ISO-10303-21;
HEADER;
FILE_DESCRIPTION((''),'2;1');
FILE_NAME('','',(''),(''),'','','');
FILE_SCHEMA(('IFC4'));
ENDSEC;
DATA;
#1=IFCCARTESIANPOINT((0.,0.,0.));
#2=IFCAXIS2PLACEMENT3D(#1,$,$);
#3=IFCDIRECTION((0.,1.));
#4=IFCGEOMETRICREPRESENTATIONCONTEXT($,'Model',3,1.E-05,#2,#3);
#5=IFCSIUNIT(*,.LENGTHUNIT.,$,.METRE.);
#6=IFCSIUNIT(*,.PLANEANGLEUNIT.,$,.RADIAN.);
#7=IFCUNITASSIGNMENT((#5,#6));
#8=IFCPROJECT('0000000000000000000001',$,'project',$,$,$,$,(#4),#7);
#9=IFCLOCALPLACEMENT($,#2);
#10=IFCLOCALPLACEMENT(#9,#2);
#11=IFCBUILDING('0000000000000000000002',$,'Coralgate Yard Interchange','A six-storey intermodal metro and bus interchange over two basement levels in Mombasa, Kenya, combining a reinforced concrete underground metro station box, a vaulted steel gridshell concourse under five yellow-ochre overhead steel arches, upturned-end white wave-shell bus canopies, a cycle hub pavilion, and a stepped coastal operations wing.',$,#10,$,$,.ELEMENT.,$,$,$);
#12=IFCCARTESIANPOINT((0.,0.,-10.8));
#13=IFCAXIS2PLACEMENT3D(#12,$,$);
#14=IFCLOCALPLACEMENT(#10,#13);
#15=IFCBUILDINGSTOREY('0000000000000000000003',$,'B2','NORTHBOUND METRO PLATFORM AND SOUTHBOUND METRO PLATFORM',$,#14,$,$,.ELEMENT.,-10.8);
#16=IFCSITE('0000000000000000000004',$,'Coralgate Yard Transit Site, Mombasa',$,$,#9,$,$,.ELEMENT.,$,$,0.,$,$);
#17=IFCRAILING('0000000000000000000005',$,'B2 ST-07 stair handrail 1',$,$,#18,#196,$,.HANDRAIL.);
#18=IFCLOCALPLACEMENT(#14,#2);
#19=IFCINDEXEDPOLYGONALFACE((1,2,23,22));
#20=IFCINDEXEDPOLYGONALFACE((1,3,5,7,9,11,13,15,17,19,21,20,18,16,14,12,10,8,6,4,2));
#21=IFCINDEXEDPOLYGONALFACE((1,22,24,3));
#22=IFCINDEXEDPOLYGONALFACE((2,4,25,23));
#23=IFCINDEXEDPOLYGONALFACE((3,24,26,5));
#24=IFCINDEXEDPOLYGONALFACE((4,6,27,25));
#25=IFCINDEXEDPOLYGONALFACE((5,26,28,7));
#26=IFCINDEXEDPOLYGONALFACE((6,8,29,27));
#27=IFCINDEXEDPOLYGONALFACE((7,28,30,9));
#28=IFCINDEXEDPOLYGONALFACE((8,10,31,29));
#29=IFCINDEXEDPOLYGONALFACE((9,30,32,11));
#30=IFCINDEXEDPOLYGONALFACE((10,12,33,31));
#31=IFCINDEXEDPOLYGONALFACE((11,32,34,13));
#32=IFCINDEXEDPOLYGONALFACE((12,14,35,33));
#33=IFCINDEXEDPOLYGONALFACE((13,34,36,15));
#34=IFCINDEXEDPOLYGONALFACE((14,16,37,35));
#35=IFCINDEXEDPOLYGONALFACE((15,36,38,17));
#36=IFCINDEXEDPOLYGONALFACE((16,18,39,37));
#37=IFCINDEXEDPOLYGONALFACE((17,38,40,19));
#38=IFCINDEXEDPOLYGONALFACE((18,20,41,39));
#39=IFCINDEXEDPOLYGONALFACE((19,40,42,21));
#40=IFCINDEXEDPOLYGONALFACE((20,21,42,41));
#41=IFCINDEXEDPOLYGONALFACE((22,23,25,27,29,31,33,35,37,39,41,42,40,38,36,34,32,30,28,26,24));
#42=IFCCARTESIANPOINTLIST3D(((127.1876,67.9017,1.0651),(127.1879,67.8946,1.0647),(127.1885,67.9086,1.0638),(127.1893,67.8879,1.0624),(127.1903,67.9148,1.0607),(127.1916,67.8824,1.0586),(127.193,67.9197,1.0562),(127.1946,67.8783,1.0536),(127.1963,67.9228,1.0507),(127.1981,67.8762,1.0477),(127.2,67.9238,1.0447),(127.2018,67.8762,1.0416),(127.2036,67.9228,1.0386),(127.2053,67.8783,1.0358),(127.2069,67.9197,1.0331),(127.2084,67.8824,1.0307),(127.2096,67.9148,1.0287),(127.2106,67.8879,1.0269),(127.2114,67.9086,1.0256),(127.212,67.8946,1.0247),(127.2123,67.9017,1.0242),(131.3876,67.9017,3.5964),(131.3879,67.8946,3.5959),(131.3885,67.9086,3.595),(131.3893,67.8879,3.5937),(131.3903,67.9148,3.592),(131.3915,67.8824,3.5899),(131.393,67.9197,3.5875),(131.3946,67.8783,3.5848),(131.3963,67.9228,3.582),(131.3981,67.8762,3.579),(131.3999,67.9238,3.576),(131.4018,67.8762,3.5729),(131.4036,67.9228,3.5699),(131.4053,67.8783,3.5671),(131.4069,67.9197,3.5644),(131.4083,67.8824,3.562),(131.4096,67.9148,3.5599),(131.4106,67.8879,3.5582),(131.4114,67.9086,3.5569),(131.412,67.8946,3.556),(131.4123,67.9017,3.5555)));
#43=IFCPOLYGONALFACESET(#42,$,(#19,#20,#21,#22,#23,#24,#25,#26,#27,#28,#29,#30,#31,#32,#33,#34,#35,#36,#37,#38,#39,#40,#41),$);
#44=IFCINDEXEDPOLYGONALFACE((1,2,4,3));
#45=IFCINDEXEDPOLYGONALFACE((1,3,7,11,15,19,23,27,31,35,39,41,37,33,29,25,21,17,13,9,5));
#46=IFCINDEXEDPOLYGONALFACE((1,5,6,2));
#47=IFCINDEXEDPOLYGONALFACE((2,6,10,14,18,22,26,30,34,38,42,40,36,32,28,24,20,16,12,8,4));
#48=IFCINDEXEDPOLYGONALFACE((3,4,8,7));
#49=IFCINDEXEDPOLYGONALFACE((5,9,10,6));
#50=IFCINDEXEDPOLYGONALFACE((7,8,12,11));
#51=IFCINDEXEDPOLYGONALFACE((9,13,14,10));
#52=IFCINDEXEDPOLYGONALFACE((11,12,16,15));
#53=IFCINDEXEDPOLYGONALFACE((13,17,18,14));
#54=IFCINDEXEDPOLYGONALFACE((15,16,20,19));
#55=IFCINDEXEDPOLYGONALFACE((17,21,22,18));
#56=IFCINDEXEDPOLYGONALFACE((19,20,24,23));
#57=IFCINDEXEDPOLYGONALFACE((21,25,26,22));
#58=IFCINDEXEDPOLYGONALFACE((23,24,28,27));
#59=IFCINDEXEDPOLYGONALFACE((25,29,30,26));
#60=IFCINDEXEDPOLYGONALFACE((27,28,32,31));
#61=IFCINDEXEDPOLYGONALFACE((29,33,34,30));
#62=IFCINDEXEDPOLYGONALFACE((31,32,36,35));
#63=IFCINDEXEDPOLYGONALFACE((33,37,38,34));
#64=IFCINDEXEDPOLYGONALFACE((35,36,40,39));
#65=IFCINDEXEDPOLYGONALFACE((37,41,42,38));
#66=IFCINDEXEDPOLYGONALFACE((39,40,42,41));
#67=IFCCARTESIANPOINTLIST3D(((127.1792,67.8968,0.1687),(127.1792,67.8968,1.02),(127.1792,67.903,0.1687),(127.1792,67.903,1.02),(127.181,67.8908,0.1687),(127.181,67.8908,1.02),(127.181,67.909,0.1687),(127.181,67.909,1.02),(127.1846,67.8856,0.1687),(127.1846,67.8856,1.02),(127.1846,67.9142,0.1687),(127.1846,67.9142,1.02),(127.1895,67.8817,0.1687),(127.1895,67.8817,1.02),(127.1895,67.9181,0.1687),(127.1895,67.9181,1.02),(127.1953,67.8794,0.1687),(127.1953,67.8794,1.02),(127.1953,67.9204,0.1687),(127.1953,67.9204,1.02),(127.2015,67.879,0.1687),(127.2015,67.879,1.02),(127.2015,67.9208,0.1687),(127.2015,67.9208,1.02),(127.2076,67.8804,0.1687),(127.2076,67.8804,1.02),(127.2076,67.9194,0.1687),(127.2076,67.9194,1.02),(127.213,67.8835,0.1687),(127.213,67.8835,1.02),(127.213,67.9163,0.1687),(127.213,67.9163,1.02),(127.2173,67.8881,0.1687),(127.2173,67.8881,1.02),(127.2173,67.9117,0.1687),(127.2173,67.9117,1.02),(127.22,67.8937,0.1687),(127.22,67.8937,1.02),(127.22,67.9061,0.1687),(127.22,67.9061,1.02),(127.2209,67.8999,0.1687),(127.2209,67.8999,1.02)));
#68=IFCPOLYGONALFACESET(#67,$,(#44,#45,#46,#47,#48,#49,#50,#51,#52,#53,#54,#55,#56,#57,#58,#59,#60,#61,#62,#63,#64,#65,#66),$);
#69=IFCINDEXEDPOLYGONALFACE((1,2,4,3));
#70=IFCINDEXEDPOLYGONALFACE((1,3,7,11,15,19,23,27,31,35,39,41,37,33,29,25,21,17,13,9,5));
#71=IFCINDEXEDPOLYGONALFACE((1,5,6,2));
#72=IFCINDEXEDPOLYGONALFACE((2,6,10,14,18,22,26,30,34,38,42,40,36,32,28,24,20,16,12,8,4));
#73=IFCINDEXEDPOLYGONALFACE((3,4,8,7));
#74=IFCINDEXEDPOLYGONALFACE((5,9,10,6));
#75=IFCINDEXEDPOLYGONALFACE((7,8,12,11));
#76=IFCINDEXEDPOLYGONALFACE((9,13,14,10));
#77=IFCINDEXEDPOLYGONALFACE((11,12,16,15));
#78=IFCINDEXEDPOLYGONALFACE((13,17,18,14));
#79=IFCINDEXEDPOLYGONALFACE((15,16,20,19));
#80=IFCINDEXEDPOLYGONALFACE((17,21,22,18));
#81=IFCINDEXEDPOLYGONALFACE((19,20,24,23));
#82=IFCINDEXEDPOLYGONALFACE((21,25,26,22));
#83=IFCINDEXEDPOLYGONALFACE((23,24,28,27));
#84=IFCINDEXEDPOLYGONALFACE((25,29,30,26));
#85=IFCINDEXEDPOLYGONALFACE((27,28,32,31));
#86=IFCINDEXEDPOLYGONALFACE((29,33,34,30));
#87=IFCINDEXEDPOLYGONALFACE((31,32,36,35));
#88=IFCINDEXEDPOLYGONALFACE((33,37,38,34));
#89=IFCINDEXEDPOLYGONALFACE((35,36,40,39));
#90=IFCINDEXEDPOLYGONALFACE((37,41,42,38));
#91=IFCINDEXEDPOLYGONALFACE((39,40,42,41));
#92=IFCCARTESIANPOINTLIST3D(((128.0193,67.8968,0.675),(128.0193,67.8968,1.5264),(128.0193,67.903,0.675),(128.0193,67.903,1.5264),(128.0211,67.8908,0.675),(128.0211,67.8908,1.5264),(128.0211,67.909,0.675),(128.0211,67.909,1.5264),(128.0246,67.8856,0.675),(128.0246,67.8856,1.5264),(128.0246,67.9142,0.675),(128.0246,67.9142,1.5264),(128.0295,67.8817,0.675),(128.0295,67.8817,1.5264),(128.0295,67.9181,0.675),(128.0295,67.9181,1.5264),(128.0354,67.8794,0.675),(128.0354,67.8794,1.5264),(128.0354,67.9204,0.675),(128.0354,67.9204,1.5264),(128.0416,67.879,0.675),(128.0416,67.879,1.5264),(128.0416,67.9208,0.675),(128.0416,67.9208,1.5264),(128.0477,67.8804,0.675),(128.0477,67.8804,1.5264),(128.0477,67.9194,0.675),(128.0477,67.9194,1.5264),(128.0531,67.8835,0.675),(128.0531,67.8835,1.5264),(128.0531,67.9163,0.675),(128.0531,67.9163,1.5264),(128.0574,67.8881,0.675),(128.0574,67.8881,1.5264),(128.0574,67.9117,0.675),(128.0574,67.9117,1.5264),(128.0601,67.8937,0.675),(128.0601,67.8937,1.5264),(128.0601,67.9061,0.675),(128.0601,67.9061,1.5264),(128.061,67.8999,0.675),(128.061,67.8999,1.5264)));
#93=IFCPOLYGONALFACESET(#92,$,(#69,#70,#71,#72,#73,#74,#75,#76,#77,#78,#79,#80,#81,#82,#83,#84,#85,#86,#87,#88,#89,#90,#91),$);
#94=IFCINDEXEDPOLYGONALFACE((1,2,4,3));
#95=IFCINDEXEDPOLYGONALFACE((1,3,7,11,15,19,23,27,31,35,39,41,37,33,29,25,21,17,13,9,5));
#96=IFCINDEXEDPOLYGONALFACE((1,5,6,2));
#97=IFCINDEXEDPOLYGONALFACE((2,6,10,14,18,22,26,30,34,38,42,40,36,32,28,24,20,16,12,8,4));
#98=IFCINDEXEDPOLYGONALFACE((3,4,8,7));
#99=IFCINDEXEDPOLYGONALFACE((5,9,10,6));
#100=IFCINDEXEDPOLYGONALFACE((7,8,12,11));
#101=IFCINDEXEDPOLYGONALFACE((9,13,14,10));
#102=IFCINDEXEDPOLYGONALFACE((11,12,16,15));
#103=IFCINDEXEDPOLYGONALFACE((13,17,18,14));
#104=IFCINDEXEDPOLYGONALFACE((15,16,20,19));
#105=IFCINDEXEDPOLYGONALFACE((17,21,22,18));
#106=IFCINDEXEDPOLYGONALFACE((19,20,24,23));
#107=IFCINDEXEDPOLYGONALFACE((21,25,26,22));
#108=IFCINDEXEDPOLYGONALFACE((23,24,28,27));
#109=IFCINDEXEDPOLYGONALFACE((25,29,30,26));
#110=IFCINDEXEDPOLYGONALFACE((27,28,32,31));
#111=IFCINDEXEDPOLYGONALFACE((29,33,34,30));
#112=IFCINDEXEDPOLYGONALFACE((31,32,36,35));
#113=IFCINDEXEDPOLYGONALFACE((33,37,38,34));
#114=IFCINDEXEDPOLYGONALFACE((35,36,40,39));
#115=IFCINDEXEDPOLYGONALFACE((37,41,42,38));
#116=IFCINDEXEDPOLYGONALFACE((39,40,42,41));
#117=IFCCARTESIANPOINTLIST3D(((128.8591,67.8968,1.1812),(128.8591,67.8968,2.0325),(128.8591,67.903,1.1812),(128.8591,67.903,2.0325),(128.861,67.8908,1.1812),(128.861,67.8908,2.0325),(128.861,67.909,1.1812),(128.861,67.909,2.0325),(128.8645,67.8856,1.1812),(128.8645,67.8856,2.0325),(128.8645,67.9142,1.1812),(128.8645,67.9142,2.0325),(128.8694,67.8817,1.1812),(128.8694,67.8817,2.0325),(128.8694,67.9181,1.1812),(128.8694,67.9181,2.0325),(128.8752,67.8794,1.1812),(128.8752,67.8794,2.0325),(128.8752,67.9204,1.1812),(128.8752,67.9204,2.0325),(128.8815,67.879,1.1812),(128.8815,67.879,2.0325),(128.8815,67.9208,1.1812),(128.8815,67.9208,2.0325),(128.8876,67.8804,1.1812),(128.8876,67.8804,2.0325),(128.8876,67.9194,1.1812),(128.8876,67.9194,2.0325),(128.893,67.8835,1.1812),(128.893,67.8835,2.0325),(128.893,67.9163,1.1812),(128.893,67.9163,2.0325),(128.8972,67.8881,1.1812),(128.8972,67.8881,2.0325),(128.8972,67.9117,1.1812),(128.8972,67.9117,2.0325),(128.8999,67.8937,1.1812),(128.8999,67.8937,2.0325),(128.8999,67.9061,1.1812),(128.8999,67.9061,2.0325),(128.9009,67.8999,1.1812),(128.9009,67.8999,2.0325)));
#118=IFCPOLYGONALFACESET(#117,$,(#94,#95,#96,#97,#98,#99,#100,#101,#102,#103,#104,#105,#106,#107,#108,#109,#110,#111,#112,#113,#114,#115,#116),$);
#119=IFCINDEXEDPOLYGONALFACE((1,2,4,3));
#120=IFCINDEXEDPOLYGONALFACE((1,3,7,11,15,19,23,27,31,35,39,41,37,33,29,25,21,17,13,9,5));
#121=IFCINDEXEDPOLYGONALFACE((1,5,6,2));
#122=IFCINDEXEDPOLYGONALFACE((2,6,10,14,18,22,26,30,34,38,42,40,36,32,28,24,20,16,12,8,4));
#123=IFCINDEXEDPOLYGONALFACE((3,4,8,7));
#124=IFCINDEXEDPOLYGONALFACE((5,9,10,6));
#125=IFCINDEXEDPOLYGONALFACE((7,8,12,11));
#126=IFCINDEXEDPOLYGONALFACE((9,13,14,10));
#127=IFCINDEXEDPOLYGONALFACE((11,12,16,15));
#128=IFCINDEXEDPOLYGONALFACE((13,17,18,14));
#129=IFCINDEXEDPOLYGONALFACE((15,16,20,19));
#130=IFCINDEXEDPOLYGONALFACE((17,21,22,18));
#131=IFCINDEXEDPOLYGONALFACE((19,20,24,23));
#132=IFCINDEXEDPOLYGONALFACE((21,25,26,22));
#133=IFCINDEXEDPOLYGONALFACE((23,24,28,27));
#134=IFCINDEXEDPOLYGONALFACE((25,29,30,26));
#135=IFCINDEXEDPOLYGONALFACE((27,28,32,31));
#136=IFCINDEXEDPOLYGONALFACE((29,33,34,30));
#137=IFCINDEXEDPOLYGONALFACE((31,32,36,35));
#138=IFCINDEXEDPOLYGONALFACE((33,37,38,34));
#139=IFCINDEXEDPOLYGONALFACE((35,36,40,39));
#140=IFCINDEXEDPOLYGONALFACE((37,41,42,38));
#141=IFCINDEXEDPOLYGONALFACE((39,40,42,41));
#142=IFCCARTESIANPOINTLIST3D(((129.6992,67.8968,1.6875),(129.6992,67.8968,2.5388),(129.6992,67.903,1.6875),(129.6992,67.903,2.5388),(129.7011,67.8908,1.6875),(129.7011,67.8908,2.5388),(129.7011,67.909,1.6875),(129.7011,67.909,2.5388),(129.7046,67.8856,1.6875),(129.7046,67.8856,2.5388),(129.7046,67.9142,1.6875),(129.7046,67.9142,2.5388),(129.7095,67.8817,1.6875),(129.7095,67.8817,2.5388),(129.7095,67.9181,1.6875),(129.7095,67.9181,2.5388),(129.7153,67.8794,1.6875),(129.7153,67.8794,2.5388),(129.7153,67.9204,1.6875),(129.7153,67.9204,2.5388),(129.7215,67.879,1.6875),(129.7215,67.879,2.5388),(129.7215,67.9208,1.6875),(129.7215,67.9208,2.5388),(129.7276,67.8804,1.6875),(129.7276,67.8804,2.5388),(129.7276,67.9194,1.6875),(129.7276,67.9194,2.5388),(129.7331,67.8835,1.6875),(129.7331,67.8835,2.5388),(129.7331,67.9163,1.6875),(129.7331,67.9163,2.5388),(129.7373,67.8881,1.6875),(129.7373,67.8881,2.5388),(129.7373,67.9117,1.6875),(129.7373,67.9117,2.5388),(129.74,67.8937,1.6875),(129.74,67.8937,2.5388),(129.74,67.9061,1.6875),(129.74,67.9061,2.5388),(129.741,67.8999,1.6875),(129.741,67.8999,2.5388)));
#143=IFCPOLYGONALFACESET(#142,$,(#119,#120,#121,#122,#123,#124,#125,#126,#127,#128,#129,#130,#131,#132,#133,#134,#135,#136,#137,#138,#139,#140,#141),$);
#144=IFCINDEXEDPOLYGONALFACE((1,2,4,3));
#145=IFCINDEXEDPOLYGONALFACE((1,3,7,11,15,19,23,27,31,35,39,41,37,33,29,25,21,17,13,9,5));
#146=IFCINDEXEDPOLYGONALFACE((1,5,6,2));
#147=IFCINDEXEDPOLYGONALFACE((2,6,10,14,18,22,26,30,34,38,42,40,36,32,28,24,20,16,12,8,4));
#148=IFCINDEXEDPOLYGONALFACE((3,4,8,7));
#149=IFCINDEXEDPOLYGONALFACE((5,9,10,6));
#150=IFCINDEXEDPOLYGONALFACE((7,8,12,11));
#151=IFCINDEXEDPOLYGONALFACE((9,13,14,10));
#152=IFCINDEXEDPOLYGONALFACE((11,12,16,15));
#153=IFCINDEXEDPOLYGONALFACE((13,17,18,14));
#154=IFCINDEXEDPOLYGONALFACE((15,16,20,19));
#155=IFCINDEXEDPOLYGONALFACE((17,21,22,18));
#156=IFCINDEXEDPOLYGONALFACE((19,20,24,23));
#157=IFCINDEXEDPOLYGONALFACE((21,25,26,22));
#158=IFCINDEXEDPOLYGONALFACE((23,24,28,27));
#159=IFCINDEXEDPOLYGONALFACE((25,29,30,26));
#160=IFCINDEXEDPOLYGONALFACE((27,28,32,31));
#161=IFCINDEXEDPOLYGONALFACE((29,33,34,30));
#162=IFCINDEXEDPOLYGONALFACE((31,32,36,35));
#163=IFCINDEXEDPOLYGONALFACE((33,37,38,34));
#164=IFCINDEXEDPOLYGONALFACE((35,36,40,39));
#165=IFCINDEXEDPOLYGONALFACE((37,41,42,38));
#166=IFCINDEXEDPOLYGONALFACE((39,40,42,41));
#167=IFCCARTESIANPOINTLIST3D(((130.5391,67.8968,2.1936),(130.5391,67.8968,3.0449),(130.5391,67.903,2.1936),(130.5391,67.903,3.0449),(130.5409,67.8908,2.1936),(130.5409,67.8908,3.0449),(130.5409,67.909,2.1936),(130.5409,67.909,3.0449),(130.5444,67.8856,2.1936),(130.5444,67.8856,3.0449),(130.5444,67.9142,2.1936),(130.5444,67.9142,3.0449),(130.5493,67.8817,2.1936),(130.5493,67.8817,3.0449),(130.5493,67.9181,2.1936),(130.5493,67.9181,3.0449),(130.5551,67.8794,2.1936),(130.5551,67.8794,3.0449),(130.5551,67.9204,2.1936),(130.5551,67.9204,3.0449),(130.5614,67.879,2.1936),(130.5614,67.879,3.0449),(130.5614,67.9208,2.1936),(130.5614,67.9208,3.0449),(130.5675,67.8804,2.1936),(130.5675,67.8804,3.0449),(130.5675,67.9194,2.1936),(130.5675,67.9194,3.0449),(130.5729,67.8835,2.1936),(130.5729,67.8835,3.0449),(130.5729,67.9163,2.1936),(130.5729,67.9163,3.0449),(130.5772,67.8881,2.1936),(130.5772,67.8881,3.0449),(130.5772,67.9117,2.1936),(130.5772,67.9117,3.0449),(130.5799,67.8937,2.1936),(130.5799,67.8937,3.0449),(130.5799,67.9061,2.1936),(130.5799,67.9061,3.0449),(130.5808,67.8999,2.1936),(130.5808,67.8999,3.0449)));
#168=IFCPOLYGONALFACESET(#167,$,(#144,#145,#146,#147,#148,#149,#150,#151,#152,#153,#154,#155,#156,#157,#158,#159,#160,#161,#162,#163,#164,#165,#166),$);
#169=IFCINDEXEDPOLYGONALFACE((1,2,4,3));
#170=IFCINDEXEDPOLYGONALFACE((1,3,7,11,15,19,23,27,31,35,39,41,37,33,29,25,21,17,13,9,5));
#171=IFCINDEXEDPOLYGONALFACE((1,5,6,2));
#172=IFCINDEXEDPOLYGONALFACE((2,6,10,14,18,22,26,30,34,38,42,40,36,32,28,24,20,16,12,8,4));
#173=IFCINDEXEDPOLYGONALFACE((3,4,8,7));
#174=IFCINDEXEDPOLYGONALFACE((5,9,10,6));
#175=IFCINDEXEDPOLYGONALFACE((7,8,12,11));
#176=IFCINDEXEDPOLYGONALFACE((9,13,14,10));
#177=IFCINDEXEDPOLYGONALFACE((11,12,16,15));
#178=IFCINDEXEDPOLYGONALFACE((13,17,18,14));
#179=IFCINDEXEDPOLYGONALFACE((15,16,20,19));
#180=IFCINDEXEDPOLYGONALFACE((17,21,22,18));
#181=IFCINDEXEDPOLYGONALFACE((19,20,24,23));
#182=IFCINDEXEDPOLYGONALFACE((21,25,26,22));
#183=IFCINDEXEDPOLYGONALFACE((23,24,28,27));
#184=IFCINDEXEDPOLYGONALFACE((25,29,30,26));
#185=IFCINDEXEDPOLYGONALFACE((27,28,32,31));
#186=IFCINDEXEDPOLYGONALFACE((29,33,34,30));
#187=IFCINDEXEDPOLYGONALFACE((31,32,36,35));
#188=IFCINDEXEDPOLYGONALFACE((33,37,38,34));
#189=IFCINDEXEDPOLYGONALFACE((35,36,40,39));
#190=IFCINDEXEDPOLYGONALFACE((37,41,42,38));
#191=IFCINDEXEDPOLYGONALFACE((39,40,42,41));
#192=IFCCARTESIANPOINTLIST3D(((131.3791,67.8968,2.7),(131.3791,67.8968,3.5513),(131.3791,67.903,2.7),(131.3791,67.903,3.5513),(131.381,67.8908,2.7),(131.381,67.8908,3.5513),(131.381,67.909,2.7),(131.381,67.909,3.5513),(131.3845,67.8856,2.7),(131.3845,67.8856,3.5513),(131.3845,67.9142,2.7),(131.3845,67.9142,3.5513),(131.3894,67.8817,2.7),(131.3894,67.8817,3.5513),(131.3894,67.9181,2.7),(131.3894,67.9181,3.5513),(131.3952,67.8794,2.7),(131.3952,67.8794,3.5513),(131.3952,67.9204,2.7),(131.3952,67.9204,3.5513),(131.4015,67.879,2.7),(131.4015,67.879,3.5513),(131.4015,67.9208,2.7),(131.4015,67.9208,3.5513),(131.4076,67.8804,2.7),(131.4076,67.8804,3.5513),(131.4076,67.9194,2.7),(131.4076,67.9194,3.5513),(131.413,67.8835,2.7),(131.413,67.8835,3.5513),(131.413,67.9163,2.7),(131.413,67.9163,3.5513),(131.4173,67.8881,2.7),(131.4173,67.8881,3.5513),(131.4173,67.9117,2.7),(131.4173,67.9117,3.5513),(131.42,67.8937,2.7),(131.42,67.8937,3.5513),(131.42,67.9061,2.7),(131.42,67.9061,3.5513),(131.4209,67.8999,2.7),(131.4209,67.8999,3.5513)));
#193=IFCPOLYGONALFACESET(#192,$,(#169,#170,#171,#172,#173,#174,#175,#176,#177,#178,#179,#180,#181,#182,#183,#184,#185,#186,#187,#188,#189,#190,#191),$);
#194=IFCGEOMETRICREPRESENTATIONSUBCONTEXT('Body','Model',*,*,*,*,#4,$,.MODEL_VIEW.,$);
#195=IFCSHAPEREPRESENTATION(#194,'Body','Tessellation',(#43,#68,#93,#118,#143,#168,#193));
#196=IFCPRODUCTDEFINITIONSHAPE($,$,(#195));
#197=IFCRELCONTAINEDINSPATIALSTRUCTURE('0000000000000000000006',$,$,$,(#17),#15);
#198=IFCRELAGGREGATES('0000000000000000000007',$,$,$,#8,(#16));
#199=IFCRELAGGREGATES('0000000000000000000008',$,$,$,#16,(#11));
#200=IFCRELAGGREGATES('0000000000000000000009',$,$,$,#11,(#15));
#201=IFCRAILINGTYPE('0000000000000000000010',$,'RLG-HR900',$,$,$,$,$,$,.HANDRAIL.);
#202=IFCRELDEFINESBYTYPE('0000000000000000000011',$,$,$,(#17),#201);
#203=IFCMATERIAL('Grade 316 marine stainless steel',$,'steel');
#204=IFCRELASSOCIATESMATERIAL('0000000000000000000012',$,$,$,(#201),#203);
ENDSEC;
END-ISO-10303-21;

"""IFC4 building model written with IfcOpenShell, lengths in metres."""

from ifc_helpers import new_model, si_unit, direction, frame, origin, origin_2d, place, context, subcontext, project, spatial, circle, extrude, material, type_object, element, save


model = new_model("IFC4")

# Units and contexts
model_context = context("Model", 3, precision=1e-05, world=origin(), true_north=direction((0.0, 1.0)))
body_context = subcontext(model_context, "Body", "Model", "MODEL_VIEW")
ifc_project = project(units=[si_unit("LENGTHUNIT", "METRE"), si_unit("PLANEANGLEUNIT", "RADIAN")], contexts=[model_context])

# Site, building, storey
site_placement = place(None, origin())
site = spatial("IfcSite", under=ifc_project, at=site_placement, Name="Coralgate Yard Transit Site, Mombasa", CompositionType="ELEMENT", RefElevation=0.0)
building_placement = place(site_placement, origin())
building = spatial("IfcBuilding", under=site, at=building_placement, Name="Coralgate Yard Interchange", Description="A six-storey intermodal metro and bus interchange over two basement levels in Mombasa, Kenya, combining a reinforced concrete underground metro station box, a vaulted steel gridshell concourse under five yellow-ochre overhead steel arches, upturned-end white wave-shell bus canopies, a cycle hub pavilion, and a stepped coastal operations wing.", CompositionType="ELEMENT")
storey_placement = place(building_placement, frame((0.0, 0.0, -10.8)))
storey = spatial("IfcBuildingStorey", under=building, at=storey_placement, Name="B2", Description="NORTHBOUND METRO PLATFORM AND SOUTHBOUND METRO PLATFORM", CompositionType="ELEMENT", Elevation=-10.8)

# Railing
ifc_material_1 = material(Name="Grade 316 marine stainless steel", Category="steel")
railing_type_1 = type_object("IfcRailingType", Name="RLG-HR900", PredefinedType="HANDRAIL", material=ifc_material_1)
railing_1_placement = place(storey_placement, frame((127.2, 67.8999, 0.1687)))
element("IfcRailing", 1, at=railing_1_placement, inside=storey, type_object=railing_type_1, Name="B2 ST-07 stair handrail 1", PredefinedType="HANDRAIL", context=body_context, shape_type="SweptSolid", body=[
    extrude(circle(Radius=0.0239, at=origin_2d()), frame((0.0, 0.0, 0.876), z_axis=(0.856476, 0.0, 0.516186), x_axis=(0.0, 1.0, 0.0)), (0.0, 0.0, 1.0), 4.9038),
    extrude(circle(Radius=0.021, at=origin_2d()), origin(), (0.0, 0.0, 1.0), 0.8513),
    extrude(circle(Radius=0.021, at=origin_2d()), frame((0.8401, 0.0, 0.5063)), (0.0, 0.0, 1.0), 0.8513),
    extrude(circle(Radius=0.021, at=origin_2d()), frame((1.6799, 0.0, 1.0125)), (0.0, 0.0, 1.0), 0.8513),
    extrude(circle(Radius=0.021, at=origin_2d()), frame((2.52, 0.0, 1.5188)), (0.0, 0.0, 1.0), 0.8513),
    extrude(circle(Radius=0.021, at=origin_2d()), frame((3.3599, 0.0, 2.0249)), (0.0, 0.0, 1.0), 0.8513),
    extrude(circle(Radius=0.021, at=origin_2d()), frame((4.2, 0.0, 2.5312)), (0.0, 0.0, 1.0), 0.8513),
])

save(model, "model.ifc")
